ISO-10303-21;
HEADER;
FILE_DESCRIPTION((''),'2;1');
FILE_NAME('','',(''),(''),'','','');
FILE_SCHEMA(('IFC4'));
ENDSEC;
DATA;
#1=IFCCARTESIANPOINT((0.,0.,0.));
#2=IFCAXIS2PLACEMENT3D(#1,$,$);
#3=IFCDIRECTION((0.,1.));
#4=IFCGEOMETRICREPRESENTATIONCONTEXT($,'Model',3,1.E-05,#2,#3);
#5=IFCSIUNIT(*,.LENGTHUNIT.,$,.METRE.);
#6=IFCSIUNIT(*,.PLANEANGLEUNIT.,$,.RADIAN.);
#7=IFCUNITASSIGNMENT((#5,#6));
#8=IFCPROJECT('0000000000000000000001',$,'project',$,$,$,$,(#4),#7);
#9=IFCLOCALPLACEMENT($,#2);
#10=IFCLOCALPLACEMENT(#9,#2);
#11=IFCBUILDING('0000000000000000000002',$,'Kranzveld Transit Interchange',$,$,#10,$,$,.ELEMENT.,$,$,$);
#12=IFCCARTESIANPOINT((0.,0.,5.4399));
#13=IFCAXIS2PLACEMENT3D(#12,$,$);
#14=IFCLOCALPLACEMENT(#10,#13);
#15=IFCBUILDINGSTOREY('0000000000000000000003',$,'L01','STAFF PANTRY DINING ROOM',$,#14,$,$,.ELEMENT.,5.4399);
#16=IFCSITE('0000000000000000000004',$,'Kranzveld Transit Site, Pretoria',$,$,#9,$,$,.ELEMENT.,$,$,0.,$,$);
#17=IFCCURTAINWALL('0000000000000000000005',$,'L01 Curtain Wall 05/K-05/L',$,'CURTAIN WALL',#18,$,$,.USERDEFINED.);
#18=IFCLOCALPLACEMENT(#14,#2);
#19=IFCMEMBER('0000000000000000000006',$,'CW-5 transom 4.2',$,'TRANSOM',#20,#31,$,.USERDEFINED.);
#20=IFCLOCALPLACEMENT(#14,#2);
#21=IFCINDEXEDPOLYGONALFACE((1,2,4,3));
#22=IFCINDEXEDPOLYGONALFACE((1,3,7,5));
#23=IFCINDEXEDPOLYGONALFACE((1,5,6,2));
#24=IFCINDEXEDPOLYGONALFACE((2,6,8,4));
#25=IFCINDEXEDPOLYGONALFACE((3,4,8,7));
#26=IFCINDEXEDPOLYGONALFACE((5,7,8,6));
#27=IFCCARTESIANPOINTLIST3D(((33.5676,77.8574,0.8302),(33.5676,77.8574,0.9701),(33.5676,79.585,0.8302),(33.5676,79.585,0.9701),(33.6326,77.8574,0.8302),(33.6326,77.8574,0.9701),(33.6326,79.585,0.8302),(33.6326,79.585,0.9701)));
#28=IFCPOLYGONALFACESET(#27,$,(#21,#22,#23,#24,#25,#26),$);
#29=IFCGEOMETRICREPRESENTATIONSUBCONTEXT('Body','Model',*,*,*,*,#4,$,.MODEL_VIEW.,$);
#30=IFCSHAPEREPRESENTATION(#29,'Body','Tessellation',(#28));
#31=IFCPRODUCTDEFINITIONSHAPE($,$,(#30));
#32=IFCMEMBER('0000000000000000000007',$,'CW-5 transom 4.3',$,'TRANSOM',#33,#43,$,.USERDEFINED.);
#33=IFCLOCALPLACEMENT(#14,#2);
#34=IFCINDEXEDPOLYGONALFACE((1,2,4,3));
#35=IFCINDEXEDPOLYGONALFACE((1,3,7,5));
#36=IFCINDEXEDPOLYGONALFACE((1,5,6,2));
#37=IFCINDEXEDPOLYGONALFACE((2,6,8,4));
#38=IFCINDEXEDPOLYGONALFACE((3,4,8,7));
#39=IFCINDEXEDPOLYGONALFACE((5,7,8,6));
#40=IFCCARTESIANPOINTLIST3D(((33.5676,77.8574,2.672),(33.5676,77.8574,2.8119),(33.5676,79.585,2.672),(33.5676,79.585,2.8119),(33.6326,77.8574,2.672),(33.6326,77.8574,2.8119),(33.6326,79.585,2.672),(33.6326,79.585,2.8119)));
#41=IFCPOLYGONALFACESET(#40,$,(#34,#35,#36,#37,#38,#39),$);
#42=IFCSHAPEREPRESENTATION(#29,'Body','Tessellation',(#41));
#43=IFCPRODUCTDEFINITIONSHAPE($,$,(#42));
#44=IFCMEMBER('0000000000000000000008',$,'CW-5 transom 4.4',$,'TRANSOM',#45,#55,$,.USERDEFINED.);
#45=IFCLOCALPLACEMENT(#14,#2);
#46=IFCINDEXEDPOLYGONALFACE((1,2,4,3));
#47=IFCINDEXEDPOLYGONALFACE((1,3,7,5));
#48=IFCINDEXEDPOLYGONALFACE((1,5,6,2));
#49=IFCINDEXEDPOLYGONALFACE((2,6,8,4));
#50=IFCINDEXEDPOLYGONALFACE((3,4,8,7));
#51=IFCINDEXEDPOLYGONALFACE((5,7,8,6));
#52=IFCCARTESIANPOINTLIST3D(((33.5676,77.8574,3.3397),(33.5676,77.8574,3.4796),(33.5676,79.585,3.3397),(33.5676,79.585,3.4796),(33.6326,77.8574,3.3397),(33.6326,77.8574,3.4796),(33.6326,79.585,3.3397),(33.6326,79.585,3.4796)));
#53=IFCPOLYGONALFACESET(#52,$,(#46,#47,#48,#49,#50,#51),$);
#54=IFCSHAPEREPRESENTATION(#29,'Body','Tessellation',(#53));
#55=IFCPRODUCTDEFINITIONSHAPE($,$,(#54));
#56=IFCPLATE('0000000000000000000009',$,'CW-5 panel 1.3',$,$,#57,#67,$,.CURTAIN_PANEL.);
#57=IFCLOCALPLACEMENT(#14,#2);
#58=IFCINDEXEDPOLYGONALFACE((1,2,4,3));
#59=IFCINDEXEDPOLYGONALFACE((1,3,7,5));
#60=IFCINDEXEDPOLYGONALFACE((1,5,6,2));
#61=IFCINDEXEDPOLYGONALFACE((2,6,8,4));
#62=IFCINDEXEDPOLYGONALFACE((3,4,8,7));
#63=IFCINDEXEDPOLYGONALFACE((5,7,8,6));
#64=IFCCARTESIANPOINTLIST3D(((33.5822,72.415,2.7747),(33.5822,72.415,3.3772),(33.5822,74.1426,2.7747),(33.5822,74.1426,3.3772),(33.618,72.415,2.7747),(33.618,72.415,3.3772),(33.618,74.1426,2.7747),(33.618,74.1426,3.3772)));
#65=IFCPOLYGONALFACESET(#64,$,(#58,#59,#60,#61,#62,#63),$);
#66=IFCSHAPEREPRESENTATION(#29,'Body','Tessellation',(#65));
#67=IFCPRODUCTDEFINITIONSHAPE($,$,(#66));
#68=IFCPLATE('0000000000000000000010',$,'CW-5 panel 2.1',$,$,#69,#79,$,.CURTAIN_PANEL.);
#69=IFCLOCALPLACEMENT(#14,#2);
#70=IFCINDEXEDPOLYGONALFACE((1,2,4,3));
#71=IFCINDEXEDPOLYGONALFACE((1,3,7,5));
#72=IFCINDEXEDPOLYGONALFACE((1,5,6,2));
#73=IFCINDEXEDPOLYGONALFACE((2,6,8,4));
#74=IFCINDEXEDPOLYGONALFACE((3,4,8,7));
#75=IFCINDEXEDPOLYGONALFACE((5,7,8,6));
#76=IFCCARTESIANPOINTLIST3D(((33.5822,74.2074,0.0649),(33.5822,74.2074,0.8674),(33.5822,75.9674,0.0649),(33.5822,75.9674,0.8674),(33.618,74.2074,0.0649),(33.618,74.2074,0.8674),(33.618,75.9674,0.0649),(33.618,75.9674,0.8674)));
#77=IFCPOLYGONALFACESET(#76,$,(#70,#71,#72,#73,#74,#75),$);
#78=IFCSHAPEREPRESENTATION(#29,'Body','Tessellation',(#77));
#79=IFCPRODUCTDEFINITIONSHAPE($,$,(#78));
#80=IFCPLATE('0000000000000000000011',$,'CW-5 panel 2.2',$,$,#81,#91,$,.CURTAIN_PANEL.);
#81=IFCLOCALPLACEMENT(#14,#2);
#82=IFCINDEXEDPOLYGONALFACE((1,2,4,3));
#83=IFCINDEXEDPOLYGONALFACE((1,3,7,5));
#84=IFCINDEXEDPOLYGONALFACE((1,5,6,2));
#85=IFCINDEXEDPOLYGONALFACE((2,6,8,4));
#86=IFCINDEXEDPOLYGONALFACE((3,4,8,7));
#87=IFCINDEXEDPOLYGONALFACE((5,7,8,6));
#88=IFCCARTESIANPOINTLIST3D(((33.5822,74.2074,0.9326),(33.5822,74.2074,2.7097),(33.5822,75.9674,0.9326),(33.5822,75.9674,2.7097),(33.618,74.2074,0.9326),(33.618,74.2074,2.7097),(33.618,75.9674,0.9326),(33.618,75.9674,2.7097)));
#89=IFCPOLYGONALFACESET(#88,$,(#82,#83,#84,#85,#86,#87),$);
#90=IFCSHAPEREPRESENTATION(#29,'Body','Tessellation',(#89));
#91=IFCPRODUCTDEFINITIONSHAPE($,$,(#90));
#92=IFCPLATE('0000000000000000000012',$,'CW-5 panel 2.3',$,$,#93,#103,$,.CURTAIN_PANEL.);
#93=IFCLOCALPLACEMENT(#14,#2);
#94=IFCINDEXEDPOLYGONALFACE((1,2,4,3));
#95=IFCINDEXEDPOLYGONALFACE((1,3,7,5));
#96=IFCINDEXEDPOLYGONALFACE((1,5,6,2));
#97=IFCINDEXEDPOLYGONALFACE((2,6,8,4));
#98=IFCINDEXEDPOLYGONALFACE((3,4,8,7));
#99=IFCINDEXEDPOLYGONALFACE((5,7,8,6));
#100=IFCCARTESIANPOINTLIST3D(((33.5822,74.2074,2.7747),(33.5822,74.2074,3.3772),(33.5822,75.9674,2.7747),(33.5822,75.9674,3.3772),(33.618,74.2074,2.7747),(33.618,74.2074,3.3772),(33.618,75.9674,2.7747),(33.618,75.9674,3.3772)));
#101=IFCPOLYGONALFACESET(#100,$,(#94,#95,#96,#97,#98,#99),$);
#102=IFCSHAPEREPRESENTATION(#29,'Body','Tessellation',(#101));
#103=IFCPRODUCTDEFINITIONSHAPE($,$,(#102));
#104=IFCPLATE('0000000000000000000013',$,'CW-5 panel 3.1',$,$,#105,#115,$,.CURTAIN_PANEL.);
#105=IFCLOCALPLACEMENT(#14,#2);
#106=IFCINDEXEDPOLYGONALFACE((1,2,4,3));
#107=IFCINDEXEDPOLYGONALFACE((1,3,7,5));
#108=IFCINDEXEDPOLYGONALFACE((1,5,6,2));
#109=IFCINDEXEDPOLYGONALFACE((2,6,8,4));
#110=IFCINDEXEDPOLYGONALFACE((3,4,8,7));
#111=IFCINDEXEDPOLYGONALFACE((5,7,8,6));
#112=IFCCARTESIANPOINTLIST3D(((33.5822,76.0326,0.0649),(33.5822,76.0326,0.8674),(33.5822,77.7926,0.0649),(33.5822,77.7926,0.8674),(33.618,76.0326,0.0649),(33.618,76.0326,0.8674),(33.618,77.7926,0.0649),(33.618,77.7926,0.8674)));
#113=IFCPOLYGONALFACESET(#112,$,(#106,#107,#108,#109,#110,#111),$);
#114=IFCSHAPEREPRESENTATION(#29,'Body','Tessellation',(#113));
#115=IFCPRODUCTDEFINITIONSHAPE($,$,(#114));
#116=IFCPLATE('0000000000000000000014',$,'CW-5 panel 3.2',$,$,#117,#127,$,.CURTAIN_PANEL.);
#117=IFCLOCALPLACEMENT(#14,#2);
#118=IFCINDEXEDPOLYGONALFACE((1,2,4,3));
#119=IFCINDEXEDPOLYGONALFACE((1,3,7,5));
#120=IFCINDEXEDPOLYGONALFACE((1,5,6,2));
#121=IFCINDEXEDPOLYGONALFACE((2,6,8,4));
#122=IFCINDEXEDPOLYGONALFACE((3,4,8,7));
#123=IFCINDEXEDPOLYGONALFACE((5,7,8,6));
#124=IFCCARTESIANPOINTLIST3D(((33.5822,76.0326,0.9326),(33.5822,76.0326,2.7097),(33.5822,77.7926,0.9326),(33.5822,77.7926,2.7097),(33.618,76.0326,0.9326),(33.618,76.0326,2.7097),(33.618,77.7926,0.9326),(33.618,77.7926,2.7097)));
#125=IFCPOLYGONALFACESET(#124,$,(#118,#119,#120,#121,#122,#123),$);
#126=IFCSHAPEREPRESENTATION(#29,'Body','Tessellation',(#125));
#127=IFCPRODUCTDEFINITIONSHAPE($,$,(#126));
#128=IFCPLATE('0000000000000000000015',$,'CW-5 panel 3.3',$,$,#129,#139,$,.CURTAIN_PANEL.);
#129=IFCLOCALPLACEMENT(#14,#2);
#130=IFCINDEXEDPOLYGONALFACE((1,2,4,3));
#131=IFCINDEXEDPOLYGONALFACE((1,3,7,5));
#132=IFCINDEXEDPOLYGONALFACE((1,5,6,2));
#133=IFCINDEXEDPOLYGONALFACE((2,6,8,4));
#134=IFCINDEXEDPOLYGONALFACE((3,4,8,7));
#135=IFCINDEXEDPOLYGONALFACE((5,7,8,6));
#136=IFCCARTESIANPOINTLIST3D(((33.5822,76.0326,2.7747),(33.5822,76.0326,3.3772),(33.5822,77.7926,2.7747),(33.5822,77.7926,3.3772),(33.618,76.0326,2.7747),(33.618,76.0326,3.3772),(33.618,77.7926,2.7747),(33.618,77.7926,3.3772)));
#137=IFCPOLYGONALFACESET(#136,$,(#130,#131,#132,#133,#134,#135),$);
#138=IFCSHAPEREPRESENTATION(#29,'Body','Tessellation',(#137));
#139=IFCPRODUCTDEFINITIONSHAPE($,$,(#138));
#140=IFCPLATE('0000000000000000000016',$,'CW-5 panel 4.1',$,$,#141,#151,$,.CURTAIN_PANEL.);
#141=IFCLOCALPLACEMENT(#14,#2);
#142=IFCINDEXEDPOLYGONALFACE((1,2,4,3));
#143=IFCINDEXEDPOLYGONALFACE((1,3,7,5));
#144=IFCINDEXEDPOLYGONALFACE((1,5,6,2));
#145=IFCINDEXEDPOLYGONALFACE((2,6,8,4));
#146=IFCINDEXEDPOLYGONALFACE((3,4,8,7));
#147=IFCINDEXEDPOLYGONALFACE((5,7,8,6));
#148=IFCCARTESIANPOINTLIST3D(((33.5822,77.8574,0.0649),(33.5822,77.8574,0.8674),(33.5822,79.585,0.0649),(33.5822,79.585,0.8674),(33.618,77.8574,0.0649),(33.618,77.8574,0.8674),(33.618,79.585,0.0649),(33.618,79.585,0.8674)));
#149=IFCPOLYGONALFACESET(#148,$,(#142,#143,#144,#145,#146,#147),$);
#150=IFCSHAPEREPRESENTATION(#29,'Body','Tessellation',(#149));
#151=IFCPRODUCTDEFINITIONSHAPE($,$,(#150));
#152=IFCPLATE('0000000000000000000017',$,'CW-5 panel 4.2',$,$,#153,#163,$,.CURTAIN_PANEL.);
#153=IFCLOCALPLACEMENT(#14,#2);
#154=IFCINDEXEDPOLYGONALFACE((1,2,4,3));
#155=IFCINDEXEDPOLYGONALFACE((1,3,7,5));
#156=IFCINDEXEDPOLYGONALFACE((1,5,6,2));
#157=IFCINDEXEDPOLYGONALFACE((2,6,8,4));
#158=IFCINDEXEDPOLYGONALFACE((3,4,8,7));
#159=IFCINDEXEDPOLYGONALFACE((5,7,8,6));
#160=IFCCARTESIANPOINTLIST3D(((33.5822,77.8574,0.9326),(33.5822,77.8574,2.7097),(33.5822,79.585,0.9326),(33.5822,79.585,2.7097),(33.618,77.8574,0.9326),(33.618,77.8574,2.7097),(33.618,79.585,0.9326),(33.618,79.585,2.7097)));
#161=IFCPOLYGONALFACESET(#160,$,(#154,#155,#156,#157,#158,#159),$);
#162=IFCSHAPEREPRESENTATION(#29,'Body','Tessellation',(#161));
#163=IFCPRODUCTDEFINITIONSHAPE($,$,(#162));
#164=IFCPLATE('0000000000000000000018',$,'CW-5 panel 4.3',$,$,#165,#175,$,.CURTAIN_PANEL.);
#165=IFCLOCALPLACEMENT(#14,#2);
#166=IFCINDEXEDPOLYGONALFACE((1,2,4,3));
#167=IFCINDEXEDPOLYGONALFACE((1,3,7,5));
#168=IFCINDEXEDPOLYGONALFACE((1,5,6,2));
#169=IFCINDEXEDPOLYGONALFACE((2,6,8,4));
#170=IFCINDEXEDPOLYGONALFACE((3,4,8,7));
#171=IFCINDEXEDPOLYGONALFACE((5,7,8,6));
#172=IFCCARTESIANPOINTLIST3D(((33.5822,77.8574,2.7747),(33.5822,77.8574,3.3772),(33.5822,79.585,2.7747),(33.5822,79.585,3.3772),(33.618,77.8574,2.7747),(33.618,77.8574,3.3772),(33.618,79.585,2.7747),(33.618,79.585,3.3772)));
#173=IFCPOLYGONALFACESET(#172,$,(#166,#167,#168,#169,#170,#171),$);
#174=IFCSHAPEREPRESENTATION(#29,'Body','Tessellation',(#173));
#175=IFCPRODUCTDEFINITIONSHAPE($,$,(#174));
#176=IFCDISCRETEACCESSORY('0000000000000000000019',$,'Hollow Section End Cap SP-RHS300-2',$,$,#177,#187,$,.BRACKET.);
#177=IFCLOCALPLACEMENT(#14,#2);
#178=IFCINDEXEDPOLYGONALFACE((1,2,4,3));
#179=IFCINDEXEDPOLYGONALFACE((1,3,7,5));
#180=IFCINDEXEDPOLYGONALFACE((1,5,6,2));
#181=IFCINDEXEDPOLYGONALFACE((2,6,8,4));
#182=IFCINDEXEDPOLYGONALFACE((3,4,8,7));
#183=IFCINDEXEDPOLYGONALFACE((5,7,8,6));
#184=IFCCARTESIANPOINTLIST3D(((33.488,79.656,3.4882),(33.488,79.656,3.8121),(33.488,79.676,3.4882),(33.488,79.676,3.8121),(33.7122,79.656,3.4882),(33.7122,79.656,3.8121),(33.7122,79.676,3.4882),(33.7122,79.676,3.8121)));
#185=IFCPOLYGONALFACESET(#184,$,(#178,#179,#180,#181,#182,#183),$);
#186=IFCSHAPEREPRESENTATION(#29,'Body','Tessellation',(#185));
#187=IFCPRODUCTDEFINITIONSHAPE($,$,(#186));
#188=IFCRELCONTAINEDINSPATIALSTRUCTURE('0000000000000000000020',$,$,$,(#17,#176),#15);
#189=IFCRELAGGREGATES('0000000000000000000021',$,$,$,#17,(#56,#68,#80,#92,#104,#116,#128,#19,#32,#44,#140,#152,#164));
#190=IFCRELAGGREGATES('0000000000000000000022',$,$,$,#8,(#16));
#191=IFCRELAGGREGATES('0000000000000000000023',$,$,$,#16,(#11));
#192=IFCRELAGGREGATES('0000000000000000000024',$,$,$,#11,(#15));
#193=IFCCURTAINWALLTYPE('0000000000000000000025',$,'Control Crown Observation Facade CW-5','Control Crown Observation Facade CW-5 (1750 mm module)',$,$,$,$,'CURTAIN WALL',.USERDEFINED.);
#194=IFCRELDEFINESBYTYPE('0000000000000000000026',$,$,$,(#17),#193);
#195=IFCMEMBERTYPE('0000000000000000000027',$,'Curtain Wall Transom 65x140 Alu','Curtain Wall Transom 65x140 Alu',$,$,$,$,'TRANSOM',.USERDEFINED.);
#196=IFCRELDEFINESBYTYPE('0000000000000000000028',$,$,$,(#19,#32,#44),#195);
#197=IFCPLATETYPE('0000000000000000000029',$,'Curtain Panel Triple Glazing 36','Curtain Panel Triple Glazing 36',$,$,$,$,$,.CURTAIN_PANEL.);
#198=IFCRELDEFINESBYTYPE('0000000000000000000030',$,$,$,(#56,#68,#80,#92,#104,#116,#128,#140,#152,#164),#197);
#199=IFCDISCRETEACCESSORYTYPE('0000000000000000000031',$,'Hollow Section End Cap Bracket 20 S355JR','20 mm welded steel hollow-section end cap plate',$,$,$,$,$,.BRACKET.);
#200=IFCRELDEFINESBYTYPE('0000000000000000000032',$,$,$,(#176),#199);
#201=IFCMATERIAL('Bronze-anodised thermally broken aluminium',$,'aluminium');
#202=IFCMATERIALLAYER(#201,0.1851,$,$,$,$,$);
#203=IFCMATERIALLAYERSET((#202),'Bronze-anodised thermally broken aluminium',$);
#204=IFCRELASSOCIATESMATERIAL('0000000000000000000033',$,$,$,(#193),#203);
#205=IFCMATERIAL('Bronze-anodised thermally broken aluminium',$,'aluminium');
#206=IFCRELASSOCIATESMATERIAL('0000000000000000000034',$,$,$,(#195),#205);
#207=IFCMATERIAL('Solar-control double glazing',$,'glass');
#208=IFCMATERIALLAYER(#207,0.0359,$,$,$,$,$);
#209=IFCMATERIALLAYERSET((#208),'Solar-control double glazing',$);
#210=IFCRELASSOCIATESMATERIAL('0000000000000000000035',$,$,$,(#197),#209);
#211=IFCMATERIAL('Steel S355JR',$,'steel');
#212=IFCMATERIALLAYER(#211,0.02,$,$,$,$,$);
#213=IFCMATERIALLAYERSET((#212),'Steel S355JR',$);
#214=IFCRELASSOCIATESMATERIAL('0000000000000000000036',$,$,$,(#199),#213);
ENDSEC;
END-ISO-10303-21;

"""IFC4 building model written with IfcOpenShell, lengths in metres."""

from ifc_helpers import new_model, si_unit, direction, frame, origin, origin_2d, place, context, subcontext, project, spatial, rectangle, extrude, material, layer, layer_set, material_profile, profile_set, type_object, element, aggregate, save


model = new_model("IFC4")

# Units and contexts
model_context = context("Model", 3, precision=1e-05, world=origin(), true_north=direction((0.0, 1.0)))
body_context = subcontext(model_context, "Body", "Model", "MODEL_VIEW")
ifc_project = project(units=[si_unit("LENGTHUNIT", "METRE"), si_unit("PLANEANGLEUNIT", "RADIAN")], contexts=[model_context])

# Site, building, storey
site_placement = place(None, origin())
site = spatial("IfcSite", under=ifc_project, at=site_placement, Name="Kranzveld Transit Site, Pretoria", CompositionType="ELEMENT", RefElevation=0.0)
building_placement = place(site_placement, origin())
building = spatial("IfcBuilding", under=site, at=building_placement, Name="Kranzveld Transit Interchange", CompositionType="ELEMENT")
storey_placement = place(building_placement, frame((0.0, 0.0, 5.4399)))
storey = spatial("IfcBuildingStorey", under=building, at=storey_placement, Name="L01", Description="STAFF PANTRY DINING ROOM", CompositionType="ELEMENT", Elevation=5.4399)

# Curtain wall, members, plates
ifc_material_1 = material(Name="Bronze-anodised thermally broken aluminium", Category="aluminium")
ifc_layer_1 = layer(ifc_material_1, 0.1851)
ifc_layer_set_1 = layer_set([ifc_layer_1], Name="Bronze-anodised thermally broken aluminium")
curtain_wall_type = type_object("IfcCurtainWallType", Name="Control Crown Observation Facade CW-5", Description="Control Crown Observation Facade CW-5 (1750 mm module)", ElementType="CURTAIN WALL", PredefinedType="USERDEFINED", material=ifc_layer_set_1)
curtain_wall_placement = place(storey_placement, origin())
curtain_wall = element("IfcCurtainWall", 1, at=curtain_wall_placement, inside=storey, type_object=curtain_wall_type, Name="L01 Curtain Wall 05/K-05/L", ObjectType="CURTAIN WALL", PredefinedType="USERDEFINED")
ifc_material_2 = material(Name="Bronze-anodised thermally broken aluminium", Category="aluminium")
ifc_material_profile_1 = material_profile(ifc_material_2, rectangle(XDim=0.0649, YDim=0.1399, at=origin_2d()), Name="ALU TRANSOM 65x140")
ifc_profile_set_1 = profile_set([ifc_material_profile_1], Name="Bronze-anodised thermally broken aluminium")
member_type_1 = type_object("IfcMemberType", Name="Curtain Wall Transom 65x140 Alu", Description="Curtain Wall Transom 65x140 Alu", ElementType="TRANSOM", PredefinedType="USERDEFINED", material=ifc_profile_set_1)
member_1_placement = place(storey_placement, frame((33.6001, 77.8574, 0.9001), z_axis=(0.0, 1.0, 0.0), x_axis=(-1.0, 0.0, 0.0)))
member_1 = element("IfcMember", 2, at=member_1_placement, type_object=member_type_1, Name="CW-5 transom 4.2", ObjectType="TRANSOM", PredefinedType="USERDEFINED", context=body_context, shape_type="SweptSolid", body=[
    extrude(rectangle(XDim=0.0649, YDim=0.1399, at=origin_2d()), origin(), (0.0, 0.0, 1.0), 1.7275),
])
member_2_placement = place(storey_placement, frame((33.6001, 77.8574, 2.7419), z_axis=(0.0, 1.0, 0.0), x_axis=(-1.0, 0.0, 0.0)))
member_2 = element("IfcMember", 3, at=member_2_placement, type_object=member_type_1, Name="CW-5 transom 4.3", ObjectType="TRANSOM", PredefinedType="USERDEFINED", context=body_context, shape_type="SweptSolid", body=[
    extrude(rectangle(XDim=0.0649, YDim=0.1399, at=origin_2d()), origin(), (0.0, 0.0, 1.0), 1.7275),
])
member_3_placement = place(storey_placement, frame((33.6001, 77.8574, 3.4097), z_axis=(0.0, 1.0, 0.0), x_axis=(-1.0, 0.0, 0.0)))
member_3 = element("IfcMember", 4, at=member_3_placement, type_object=member_type_1, Name="CW-5 transom 4.4", ObjectType="TRANSOM", PredefinedType="USERDEFINED", context=body_context, shape_type="SweptSolid", body=[
    extrude(rectangle(XDim=0.0649, YDim=0.1399, at=origin_2d()), origin(), (0.0, 0.0, 1.0), 1.7275),
])
ifc_material_3 = material(Name="Solar-control double glazing", Category="glass")
ifc_layer_2 = layer(ifc_material_3, 0.0359)
ifc_layer_set_2 = layer_set([ifc_layer_2], Name="Solar-control double glazing")
plate_type = type_object("IfcPlateType", Name="Curtain Panel Triple Glazing 36", Description="Curtain Panel Triple Glazing 36", PredefinedType="CURTAIN_PANEL", material=ifc_layer_set_2)
plate_1_placement = place(storey_placement, frame((33.6001, 73.2788, 2.7747), z_axis=(0.0, 0.0, 1.0), x_axis=(0.0, 1.0, 0.0)))
plate_1 = element("IfcPlate", 5, at=plate_1_placement, type_object=plate_type, Name="CW-5 panel 1.3", PredefinedType="CURTAIN_PANEL", context=body_context, shape_type="SweptSolid", body=[
    extrude(rectangle(XDim=1.7275, YDim=0.0359, at=origin_2d()), origin(), (0.0, 0.0, 1.0), 0.6025),
])
plate_2_placement = place(storey_placement, frame((33.6001, 75.0874, 0.0649), z_axis=(0.0, 0.0, 1.0), x_axis=(0.0, 1.0, 0.0)))
plate_2 = element("IfcPlate", 6, at=plate_2_placement, type_object=plate_type, Name="CW-5 panel 2.1", PredefinedType="CURTAIN_PANEL", context=body_context, shape_type="SweptSolid", body=[
    extrude(rectangle(XDim=1.76, YDim=0.0359, at=origin_2d()), origin(), (0.0, 0.0, 1.0), 0.8025),
])
plate_3_placement = place(storey_placement, frame((33.6001, 75.0874, 0.9326), z_axis=(0.0, 0.0, 1.0), x_axis=(0.0, 1.0, 0.0)))
plate_3 = element("IfcPlate", 7, at=plate_3_placement, type_object=plate_type, Name="CW-5 panel 2.2", PredefinedType="CURTAIN_PANEL", context=body_context, shape_type="SweptSolid", body=[
    extrude(rectangle(XDim=1.76, YDim=0.0359, at=origin_2d()), origin(), (0.0, 0.0, 1.0), 1.7771),
])
plate_4_placement = place(storey_placement, frame((33.6001, 75.0874, 2.7747), z_axis=(0.0, 0.0, 1.0), x_axis=(0.0, 1.0, 0.0)))
plate_4 = element("IfcPlate", 8, at=plate_4_placement, type_object=plate_type, Name="CW-5 panel 2.3", PredefinedType="CURTAIN_PANEL", context=body_context, shape_type="SweptSolid", body=[
    extrude(rectangle(XDim=1.76, YDim=0.0359, at=origin_2d()), origin(), (0.0, 0.0, 1.0), 0.6025),
])
plate_5_placement = place(storey_placement, frame((33.6001, 76.9126, 0.0649), z_axis=(0.0, 0.0, 1.0), x_axis=(0.0, 1.0, 0.0)))
plate_5 = element("IfcPlate", 9, at=plate_5_placement, type_object=plate_type, Name="CW-5 panel 3.1", PredefinedType="CURTAIN_PANEL", context=body_context, shape_type="SweptSolid", body=[
    extrude(rectangle(XDim=1.76, YDim=0.0359, at=origin_2d()), origin(), (0.0, 0.0, 1.0), 0.8025),
])
plate_6_placement = place(storey_placement, frame((33.6001, 76.9126, 0.9326), z_axis=(0.0, 0.0, 1.0), x_axis=(0.0, 1.0, 0.0)))
plate_6 = element("IfcPlate", 10, at=plate_6_placement, type_object=plate_type, Name="CW-5 panel 3.2", PredefinedType="CURTAIN_PANEL", context=body_context, shape_type="SweptSolid", body=[
    extrude(rectangle(XDim=1.76, YDim=0.0359, at=origin_2d()), origin(), (0.0, 0.0, 1.0), 1.7771),
])
plate_7_placement = place(storey_placement, frame((33.6001, 76.9126, 2.7747), z_axis=(0.0, 0.0, 1.0), x_axis=(0.0, 1.0, 0.0)))
plate_7 = element("IfcPlate", 11, at=plate_7_placement, type_object=plate_type, Name="CW-5 panel 3.3", PredefinedType="CURTAIN_PANEL", context=body_context, shape_type="SweptSolid", body=[
    extrude(rectangle(XDim=1.76, YDim=0.0359, at=origin_2d()), origin(), (0.0, 0.0, 1.0), 0.6025),
])
plate_8_placement = place(storey_placement, frame((33.6001, 78.7212, 0.0649), z_axis=(0.0, 0.0, 1.0), x_axis=(0.0, 1.0, 0.0)))
plate_8 = element("IfcPlate", 12, at=plate_8_placement, type_object=plate_type, Name="CW-5 panel 4.1", PredefinedType="CURTAIN_PANEL", context=body_context, shape_type="SweptSolid", body=[
    extrude(rectangle(XDim=1.7275, YDim=0.0359, at=origin_2d()), origin(), (0.0, 0.0, 1.0), 0.8025),
])
plate_9_placement = place(storey_placement, frame((33.6001, 78.7212, 0.9326), z_axis=(0.0, 0.0, 1.0), x_axis=(0.0, 1.0, 0.0)))
plate_9 = element("IfcPlate", 13, at=plate_9_placement, type_object=plate_type, Name="CW-5 panel 4.2", PredefinedType="CURTAIN_PANEL", context=body_context, shape_type="SweptSolid", body=[
    extrude(rectangle(XDim=1.7275, YDim=0.0359, at=origin_2d()), origin(), (0.0, 0.0, 1.0), 1.7771),
])
plate_10_placement = place(storey_placement, frame((33.6001, 78.7212, 2.7747), z_axis=(0.0, 0.0, 1.0), x_axis=(0.0, 1.0, 0.0)))
plate_10 = element("IfcPlate", 14, at=plate_10_placement, type_object=plate_type, Name="CW-5 panel 4.3", PredefinedType="CURTAIN_PANEL", context=body_context, shape_type="SweptSolid", body=[
    extrude(rectangle(XDim=1.7275, YDim=0.0359, at=origin_2d()), origin(), (0.0, 0.0, 1.0), 0.6025),
])
aggregate(curtain_wall, [plate_1, plate_2, plate_3, plate_4, plate_5, plate_6, plate_7, member_1, member_2, member_3, plate_8, plate_9, plate_10])

# Discrete accessory
ifc_material_4 = material(Name="Steel S355JR", Category="steel")
ifc_layer_3 = layer(ifc_material_4, 0.02)
ifc_layer_set_3 = layer_set([ifc_layer_3], Name="Steel S355JR")
discrete_accessory_type = type_object("IfcDiscreteAccessoryType", Name="Hollow Section End Cap Bracket 20 S355JR", Description="20 mm welded steel hollow-section end cap plate", PredefinedType="BRACKET", material=ifc_layer_set_3)
discrete_accessory_placement = place(storey_placement, frame((33.6001, 79.656, 3.6501), z_axis=(0.0, 1.0, 0.0), x_axis=(-1.0, 0.0, 0.0)))
element("IfcDiscreteAccessory", 15, at=discrete_accessory_placement, inside=storey, type_object=discrete_accessory_type, Name="Hollow Section End Cap SP-RHS300-2", PredefinedType="BRACKET", context=body_context, shape_type="SweptSolid", body=[
    extrude(rectangle(XDim=0.2241, YDim=0.324, at=origin_2d()), origin(), (0.0, 0.0, 1.0), 0.02),
])

save(model, "model.ifc")
